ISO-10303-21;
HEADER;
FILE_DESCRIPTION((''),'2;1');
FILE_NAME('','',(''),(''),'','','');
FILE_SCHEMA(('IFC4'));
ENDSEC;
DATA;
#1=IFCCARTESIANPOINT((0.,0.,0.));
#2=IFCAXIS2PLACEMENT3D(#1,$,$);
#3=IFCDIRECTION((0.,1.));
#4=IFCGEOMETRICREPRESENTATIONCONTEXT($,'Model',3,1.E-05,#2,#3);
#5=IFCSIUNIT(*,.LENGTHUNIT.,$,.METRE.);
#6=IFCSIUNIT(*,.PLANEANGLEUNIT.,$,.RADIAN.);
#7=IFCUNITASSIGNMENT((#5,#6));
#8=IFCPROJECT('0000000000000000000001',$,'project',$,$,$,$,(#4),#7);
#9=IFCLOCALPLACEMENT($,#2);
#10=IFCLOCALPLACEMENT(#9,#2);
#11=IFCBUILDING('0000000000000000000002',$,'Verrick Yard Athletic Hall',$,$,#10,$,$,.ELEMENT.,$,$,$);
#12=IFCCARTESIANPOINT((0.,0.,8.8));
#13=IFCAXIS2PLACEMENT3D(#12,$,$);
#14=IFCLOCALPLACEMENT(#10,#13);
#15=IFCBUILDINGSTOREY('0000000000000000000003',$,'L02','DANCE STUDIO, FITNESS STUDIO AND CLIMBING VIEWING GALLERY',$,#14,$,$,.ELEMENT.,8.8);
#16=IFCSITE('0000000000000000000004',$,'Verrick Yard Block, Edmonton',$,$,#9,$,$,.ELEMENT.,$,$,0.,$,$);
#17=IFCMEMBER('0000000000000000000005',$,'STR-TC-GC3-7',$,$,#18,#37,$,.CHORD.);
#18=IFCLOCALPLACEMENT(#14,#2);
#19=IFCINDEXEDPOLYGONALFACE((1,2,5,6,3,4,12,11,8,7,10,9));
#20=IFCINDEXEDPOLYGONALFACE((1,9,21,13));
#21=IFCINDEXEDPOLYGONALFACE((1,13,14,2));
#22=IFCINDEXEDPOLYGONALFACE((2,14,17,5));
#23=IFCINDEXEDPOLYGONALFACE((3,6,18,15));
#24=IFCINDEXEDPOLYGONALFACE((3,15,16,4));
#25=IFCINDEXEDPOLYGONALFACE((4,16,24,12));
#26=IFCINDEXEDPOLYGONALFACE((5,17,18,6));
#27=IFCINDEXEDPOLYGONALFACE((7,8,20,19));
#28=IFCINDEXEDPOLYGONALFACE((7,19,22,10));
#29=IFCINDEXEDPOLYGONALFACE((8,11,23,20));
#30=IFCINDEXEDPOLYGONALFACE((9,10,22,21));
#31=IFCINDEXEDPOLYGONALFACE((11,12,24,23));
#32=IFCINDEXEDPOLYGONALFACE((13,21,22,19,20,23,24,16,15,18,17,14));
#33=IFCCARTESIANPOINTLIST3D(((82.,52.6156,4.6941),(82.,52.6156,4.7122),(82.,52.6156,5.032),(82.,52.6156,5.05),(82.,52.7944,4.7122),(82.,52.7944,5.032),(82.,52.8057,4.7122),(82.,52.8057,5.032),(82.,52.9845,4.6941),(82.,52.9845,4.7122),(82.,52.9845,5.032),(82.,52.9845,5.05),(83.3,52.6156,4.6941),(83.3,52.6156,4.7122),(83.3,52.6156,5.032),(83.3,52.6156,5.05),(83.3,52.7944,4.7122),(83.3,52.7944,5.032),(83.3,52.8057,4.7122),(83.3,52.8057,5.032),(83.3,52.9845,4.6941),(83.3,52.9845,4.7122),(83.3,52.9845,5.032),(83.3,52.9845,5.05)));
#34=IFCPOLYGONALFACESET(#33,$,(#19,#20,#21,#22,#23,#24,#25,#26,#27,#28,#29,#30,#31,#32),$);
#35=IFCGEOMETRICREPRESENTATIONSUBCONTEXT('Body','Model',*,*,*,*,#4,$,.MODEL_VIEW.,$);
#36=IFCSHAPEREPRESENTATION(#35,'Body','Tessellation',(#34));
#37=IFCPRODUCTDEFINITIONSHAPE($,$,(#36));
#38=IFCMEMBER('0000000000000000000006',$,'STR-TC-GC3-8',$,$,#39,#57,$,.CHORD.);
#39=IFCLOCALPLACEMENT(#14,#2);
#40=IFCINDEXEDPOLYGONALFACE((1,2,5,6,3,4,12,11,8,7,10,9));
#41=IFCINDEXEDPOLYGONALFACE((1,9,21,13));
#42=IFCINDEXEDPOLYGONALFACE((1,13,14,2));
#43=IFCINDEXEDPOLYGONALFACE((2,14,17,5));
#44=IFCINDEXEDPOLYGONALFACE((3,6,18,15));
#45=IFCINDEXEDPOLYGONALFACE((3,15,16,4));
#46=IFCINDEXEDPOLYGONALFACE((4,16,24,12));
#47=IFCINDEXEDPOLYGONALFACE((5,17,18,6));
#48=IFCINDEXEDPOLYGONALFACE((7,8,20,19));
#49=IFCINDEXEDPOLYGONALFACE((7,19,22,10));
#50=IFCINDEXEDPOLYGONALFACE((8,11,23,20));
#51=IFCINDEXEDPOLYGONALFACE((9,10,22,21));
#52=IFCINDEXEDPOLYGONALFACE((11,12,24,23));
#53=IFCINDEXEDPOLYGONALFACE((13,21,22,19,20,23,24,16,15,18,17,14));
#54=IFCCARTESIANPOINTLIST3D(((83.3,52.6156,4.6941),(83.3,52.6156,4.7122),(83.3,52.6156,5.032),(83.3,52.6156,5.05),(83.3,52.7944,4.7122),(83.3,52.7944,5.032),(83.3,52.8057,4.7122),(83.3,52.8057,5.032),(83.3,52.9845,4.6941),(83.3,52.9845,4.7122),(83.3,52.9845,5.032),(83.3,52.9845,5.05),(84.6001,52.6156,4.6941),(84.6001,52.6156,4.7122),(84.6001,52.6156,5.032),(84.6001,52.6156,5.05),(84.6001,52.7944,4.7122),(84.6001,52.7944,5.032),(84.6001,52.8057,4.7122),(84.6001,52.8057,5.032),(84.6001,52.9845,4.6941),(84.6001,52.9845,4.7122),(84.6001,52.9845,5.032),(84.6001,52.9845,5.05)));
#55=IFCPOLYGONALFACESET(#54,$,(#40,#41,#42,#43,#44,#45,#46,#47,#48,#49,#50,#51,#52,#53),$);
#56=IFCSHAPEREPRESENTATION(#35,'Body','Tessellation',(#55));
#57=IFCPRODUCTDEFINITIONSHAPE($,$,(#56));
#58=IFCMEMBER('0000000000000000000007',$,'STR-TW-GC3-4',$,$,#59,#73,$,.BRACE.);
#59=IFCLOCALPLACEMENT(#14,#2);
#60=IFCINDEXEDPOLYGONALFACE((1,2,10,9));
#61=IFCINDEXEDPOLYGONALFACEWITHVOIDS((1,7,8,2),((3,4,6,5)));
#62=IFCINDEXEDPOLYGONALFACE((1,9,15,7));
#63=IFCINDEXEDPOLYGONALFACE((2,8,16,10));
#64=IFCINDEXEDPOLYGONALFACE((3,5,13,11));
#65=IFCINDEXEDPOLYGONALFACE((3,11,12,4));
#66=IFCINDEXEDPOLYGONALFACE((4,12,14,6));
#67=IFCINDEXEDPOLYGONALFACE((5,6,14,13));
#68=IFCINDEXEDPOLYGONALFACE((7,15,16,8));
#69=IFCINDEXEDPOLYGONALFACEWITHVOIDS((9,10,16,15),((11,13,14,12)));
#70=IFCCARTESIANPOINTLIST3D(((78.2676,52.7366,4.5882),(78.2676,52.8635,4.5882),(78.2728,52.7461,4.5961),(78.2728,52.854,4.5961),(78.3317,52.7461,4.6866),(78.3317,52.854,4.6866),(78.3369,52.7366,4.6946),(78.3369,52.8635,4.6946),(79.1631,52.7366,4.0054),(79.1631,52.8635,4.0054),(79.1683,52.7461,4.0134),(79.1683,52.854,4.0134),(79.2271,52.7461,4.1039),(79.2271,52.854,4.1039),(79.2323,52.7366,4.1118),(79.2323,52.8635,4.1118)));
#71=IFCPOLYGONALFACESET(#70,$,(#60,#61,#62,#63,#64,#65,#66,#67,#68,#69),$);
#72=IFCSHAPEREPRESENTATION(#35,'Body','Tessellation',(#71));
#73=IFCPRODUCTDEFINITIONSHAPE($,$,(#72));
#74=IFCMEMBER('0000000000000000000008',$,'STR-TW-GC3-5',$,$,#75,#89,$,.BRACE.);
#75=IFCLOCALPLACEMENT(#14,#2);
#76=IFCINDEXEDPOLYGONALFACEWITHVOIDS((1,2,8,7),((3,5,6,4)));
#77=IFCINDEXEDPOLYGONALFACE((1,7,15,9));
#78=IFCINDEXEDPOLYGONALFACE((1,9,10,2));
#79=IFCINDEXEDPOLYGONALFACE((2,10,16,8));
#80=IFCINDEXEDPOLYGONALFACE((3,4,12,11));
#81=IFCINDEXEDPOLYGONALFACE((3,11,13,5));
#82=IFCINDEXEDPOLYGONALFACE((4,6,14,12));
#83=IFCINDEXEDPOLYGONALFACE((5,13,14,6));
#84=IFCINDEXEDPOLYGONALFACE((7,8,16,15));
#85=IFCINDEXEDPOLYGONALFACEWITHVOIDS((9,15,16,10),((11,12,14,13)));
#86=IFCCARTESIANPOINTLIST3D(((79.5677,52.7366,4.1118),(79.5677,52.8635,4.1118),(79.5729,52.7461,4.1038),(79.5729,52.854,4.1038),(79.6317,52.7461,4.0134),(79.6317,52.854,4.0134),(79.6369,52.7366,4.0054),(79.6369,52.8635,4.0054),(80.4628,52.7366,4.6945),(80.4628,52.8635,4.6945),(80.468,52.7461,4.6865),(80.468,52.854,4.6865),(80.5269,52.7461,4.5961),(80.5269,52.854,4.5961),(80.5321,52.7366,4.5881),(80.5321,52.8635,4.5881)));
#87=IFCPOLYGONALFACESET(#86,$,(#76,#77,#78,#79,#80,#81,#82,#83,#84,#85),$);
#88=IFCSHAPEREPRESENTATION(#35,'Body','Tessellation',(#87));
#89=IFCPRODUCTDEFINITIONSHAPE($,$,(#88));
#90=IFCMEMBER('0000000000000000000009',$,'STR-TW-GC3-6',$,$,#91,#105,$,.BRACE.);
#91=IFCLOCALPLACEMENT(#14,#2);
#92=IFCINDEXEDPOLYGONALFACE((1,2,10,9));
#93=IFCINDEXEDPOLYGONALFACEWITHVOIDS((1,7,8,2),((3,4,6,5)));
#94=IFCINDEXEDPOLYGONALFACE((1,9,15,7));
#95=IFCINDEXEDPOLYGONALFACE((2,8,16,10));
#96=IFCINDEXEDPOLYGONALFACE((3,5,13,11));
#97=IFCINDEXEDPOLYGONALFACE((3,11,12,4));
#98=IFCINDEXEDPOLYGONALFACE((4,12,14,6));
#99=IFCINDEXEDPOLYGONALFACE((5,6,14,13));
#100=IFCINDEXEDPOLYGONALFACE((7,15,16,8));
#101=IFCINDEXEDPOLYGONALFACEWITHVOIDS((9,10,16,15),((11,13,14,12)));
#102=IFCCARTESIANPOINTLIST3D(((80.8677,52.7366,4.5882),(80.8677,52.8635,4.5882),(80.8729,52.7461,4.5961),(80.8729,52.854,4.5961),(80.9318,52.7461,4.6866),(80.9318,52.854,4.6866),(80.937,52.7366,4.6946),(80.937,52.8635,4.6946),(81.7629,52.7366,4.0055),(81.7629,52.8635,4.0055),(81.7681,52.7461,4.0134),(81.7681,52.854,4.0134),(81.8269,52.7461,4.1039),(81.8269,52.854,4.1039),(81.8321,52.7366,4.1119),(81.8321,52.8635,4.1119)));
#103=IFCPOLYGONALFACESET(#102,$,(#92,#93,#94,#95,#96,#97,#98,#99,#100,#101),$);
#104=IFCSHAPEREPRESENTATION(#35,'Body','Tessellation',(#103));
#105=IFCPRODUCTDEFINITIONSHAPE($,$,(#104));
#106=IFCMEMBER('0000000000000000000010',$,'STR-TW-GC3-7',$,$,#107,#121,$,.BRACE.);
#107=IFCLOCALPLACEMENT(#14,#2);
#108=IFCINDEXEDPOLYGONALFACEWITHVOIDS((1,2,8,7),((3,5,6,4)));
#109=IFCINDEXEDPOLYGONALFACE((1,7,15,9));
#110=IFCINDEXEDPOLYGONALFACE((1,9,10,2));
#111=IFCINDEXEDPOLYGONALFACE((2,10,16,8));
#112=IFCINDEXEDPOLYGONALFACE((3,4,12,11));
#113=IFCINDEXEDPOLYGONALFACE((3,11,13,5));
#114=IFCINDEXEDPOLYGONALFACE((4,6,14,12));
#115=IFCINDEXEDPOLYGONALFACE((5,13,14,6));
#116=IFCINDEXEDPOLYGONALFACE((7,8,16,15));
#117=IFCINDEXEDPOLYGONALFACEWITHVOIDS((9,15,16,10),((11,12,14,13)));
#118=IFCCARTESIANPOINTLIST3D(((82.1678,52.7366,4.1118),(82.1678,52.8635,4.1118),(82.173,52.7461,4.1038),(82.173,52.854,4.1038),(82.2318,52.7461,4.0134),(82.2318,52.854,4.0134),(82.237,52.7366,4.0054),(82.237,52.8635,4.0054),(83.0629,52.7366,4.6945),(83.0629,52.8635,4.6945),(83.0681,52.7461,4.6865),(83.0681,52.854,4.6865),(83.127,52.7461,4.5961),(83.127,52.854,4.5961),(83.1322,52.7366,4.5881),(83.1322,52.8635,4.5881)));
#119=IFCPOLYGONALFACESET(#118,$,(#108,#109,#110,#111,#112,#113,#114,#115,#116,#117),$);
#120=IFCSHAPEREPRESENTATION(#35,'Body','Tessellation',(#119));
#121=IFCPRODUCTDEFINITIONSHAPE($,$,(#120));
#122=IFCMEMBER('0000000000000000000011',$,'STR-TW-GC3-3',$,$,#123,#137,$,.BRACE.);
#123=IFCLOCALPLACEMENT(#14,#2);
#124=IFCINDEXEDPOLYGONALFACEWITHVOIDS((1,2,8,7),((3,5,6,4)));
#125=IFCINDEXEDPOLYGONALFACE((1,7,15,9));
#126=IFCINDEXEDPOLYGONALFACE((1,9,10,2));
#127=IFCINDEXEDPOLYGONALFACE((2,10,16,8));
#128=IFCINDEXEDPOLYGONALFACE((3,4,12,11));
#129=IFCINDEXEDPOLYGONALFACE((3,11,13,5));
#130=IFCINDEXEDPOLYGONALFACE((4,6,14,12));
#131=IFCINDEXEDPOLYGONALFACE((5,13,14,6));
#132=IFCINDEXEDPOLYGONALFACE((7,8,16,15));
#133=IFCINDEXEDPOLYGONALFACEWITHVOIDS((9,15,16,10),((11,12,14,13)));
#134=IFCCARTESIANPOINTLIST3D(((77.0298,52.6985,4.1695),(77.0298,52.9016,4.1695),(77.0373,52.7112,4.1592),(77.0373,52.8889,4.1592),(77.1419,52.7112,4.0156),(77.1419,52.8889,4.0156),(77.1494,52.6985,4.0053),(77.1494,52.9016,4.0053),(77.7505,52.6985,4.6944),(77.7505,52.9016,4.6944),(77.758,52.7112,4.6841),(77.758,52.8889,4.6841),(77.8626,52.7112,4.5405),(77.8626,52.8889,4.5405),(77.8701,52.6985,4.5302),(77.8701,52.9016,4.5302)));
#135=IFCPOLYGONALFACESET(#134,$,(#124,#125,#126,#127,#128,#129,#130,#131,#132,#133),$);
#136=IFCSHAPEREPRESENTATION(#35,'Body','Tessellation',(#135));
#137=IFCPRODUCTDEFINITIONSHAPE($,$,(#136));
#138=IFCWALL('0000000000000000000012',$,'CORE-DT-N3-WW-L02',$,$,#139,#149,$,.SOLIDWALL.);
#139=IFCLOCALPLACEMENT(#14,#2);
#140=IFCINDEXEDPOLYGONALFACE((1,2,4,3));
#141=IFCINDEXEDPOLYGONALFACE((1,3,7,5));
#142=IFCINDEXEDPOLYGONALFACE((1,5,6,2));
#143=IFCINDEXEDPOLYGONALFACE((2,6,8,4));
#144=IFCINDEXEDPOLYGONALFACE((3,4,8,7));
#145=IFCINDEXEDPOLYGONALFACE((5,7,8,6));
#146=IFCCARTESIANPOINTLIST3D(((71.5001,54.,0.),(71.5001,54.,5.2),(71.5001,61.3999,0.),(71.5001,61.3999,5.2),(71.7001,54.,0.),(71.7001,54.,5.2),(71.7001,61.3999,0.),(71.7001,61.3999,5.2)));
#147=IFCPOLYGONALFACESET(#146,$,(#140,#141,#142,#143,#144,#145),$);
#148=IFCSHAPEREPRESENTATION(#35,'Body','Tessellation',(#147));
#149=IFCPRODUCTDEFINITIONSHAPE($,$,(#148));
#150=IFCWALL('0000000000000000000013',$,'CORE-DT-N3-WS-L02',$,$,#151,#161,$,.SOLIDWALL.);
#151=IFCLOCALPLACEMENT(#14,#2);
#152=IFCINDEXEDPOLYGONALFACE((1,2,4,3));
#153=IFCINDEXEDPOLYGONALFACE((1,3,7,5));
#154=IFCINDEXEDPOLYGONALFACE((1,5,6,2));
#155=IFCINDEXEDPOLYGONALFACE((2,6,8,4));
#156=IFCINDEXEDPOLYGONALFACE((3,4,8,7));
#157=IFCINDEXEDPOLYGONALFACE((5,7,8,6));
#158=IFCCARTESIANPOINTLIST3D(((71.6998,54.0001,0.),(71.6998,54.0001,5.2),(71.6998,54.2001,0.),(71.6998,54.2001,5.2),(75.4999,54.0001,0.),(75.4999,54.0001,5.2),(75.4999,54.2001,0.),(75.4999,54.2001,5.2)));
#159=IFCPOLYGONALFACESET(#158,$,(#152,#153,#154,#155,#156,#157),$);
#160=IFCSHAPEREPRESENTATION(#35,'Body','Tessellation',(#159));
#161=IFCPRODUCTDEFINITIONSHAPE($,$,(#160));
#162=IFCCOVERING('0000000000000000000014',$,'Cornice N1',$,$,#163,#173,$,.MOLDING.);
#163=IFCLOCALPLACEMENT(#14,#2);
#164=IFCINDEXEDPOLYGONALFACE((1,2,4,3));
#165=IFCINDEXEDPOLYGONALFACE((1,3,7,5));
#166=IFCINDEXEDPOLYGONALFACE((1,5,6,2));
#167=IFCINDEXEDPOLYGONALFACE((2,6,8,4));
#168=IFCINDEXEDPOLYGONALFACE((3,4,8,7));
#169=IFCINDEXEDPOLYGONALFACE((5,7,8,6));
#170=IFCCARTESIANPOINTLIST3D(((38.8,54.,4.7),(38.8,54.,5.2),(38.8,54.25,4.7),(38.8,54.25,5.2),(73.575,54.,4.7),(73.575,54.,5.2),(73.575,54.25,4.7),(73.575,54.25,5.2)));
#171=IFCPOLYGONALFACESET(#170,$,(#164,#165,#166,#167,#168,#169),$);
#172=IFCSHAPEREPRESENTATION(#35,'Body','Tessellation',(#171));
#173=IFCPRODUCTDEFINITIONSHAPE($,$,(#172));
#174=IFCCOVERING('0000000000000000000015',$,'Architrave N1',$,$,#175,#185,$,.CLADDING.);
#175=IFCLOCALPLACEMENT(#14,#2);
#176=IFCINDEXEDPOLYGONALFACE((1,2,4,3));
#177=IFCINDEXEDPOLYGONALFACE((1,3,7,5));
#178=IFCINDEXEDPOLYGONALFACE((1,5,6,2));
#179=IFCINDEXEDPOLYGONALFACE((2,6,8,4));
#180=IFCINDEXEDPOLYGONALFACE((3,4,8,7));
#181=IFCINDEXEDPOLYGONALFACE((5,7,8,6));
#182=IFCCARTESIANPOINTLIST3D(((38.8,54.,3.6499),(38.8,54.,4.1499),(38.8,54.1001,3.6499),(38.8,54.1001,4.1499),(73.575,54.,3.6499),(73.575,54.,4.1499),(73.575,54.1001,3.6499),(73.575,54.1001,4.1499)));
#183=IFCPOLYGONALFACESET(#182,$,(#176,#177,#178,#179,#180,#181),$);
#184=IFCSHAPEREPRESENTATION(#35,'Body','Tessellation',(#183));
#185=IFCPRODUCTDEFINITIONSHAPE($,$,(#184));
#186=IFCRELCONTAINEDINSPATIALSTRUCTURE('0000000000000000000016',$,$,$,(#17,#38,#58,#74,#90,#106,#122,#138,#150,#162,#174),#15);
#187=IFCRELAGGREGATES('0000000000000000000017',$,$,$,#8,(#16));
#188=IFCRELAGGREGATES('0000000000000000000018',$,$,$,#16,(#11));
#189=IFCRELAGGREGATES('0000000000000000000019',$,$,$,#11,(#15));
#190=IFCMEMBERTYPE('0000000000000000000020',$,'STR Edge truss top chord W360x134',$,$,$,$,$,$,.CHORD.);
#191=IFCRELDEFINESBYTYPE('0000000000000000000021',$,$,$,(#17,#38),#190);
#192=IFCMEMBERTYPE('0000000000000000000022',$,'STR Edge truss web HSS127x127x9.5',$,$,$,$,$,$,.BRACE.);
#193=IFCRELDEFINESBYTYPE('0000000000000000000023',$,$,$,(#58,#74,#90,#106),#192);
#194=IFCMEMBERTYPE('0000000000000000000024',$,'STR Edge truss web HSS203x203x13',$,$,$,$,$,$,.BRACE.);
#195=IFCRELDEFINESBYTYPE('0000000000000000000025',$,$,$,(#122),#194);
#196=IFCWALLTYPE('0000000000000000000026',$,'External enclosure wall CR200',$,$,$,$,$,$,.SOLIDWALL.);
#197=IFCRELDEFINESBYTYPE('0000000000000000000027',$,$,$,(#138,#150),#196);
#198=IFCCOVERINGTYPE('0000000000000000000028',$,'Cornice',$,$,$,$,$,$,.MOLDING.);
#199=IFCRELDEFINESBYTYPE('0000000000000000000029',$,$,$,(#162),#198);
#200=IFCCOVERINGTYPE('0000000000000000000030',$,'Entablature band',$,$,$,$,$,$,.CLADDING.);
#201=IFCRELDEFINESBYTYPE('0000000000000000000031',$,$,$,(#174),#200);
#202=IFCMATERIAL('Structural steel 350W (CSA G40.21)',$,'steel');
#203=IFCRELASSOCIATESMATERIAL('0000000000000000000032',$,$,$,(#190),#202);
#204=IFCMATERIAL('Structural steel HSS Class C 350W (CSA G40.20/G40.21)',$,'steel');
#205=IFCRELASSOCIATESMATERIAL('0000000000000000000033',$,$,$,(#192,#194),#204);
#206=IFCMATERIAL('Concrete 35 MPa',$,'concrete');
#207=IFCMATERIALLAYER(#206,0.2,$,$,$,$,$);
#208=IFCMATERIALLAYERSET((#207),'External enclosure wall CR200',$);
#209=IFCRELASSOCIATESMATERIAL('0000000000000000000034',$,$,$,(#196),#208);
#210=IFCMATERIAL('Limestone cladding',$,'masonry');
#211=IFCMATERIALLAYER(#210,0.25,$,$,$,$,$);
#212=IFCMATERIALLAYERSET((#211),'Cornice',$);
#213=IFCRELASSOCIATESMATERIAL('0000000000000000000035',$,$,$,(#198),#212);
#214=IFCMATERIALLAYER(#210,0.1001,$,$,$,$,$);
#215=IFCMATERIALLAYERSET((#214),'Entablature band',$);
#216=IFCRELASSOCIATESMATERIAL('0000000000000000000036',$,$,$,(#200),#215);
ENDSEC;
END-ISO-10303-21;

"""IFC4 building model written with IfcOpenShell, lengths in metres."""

from ifc_helpers import new_model, si_unit, direction, frame, frame_2d, origin, origin_2d, place, context, subcontext, project, spatial, rectangle, hollow_rectangle, i_section, extrude, material, layer, layer_set, material_profile, profile_set, type_object, element, save


model = new_model("IFC4")

# Units and contexts
model_context = context("Model", 3, precision=1e-05, world=origin(), true_north=direction((0.0, 1.0)))
body_context = subcontext(model_context, "Body", "Model", "MODEL_VIEW")
ifc_project = project(units=[si_unit("LENGTHUNIT", "METRE"), si_unit("PLANEANGLEUNIT", "RADIAN")], contexts=[model_context])

# Site, building, storey
site_placement = place(None, origin())
site = spatial("IfcSite", under=ifc_project, at=site_placement, Name="Verrick Yard Block, Edmonton", CompositionType="ELEMENT", RefElevation=0.0)
building_placement = place(site_placement, origin())
building = spatial("IfcBuilding", under=site, at=building_placement, Name="Verrick Yard Athletic Hall", CompositionType="ELEMENT")
storey_placement = place(building_placement, frame((0.0, 0.0, 8.8)))
storey = spatial("IfcBuildingStorey", under=building, at=storey_placement, Name="L02", Description="DANCE STUDIO, FITNESS STUDIO AND CLIMBING VIEWING GALLERY", CompositionType="ELEMENT", Elevation=8.8)

# Members
ifc_material_1 = material(Name="Structural steel 350W (CSA G40.21)", Category="steel")
ifc_material_profile_1 = material_profile(ifc_material_1, i_section(OverallWidth=0.3689, OverallDepth=0.356, WebThickness=0.0112, FlangeThickness=0.0181, at=origin_2d()), Name="W360x134")
ifc_profile_set_1 = profile_set([ifc_material_profile_1], Name="Structural steel 350W (CSA G40.21)")
member_type_1 = type_object("IfcMemberType", Name="STR Edge truss top chord W360x134", PredefinedType="CHORD", material=ifc_profile_set_1)
for number, where, z_axis, x_axis, name in (
    (1, (82.0, 52.8, 4.8721), (1.0, 0.0, 0.0), (0.0, 1.0, 0.0), "STR-TC-GC3-7"),
    (2, (83.3, 52.8, 4.8721), (1.0, 0.0, 0.0), (0.0, 1.0, 0.0), "STR-TC-GC3-8"),
):
    element("IfcMember", number, at=place(storey_placement, frame(where, z_axis=z_axis, x_axis=x_axis)), inside=storey, type_object=member_type_1, Name=name, PredefinedType="CHORD", context=body_context, shape_type="SweptSolid", body=[
        extrude(i_section(OverallWidth=0.3689, OverallDepth=0.356, WebThickness=0.0112, FlangeThickness=0.0181, at=origin_2d()), origin(), (0.0, 0.0, 1.0), 1.3),
    ])
ifc_material_2 = material(Name="Structural steel HSS Class C 350W (CSA G40.20/G40.21)", Category="steel")
ifc_material_profile_2 = material_profile(ifc_material_2, hollow_rectangle(XDim=0.127, YDim=0.127, WallThickness=0.0095, at=origin_2d()), Name="HSS127x127x9.5")
ifc_profile_set_2 = profile_set([ifc_material_profile_2], Name="Structural steel HSS Class C 350W (CSA G40.20/G40.21)")
member_type_2 = type_object("IfcMemberType", Name="STR Edge truss web HSS127x127x9.5", PredefinedType="BRACE", material=ifc_profile_set_2)
member_1_placement = place(storey_placement, frame((78.3022, 52.8, 4.6414), z_axis=(0.838151, 0.0, -0.545438), x_axis=(0.0, 1.0, 0.0)))
element("IfcMember", 3, at=member_1_placement, inside=storey, type_object=member_type_2, Name="STR-TW-GC3-4", PredefinedType="BRACE", context=body_context, shape_type="SweptSolid", body=[
    extrude(hollow_rectangle(XDim=0.127, YDim=0.127, WallThickness=0.0095, at=origin_2d()), origin(), (0.0, 0.0, 1.0), 1.0684),
])
for number, where, z_axis, x_axis, name in (
    (4, (79.6023, 52.8, 4.0586), (0.838083, 0.0, 0.545543), (0.0, 1.0, 0.0), "STR-TW-GC3-5"),
    (5, (80.9023, 52.8, 4.6414), (0.838083, 0.0, -0.545543), (0.0, 1.0, 0.0), "STR-TW-GC3-6"),
    (6, (82.2024, 52.8, 4.0586), (0.838083, 0.0, 0.545543), (0.0, 1.0, 0.0), "STR-TW-GC3-7"),
):
    element("IfcMember", number, at=place(storey_placement, frame(where, z_axis=z_axis, x_axis=x_axis)), inside=storey, type_object=member_type_2, Name=name, PredefinedType="BRACE", context=body_context, shape_type="SweptSolid", body=[
        extrude(hollow_rectangle(XDim=0.127, YDim=0.127, WallThickness=0.0095, at=origin_2d()), origin(), (0.0, 0.0, 1.0), 1.0681),
    ])
ifc_material_profile_3 = material_profile(ifc_material_2, hollow_rectangle(XDim=0.2031, YDim=0.2031, WallThickness=0.0127, at=origin_2d()), Name="HSS203x203x13")
ifc_profile_set_3 = profile_set([ifc_material_profile_3], Name="Structural steel HSS Class C 350W (CSA G40.20/G40.21)")
member_type_3 = type_object("IfcMemberType", Name="STR Edge truss web HSS203x203x13", PredefinedType="BRACE", material=ifc_profile_set_3)
member_2_placement = place(storey_placement, frame((77.0896, 52.8, 4.0874), z_axis=(0.808333, 0.0, 0.588725), x_axis=(0.0, 1.0, 0.0)))
element("IfcMember", 7, at=member_2_placement, inside=storey, type_object=member_type_3, Name="STR-TW-GC3-3", PredefinedType="BRACE", context=body_context, shape_type="SweptSolid", body=[
    extrude(hollow_rectangle(XDim=0.2031, YDim=0.2031, WallThickness=0.0127, at=origin_2d()), origin(), (0.0, 0.0, 1.0), 0.8916),
])

# Walls
ifc_material_3 = material(Name="Concrete 35 MPa", Category="concrete")
ifc_layer_1 = layer(ifc_material_3, 0.2)
ifc_layer_set_1 = layer_set([ifc_layer_1], Name="External enclosure wall CR200")
wall_type = type_object("IfcWallType", Name="External enclosure wall CR200", PredefinedType="SOLIDWALL", material=ifc_layer_set_1)
wall_1_placement = place(storey_placement, frame((71.6001, 54.0, 0.0), z_axis=(0.0, 0.0, 1.0), x_axis=(0.0, 1.0, 0.0)))
element("IfcWall", 8, at=wall_1_placement, inside=storey, type_object=wall_type, Name="CORE-DT-N3-WW-L02", PredefinedType="SOLIDWALL", context=body_context, shape_type="SweptSolid", body=[
    extrude(rectangle(XDim=7.3999, YDim=0.2, at=frame_2d((3.7, 0.0))), origin(), (0.0, 0.0, 1.0), 5.2),
])
wall_2_placement = place(storey_placement, frame((71.7, 54.1001, 0.0), z_axis=(0.0, 0.0, 1.0), x_axis=(1.0, 0.0, 0.0)))
element("IfcWall", 9, at=wall_2_placement, inside=storey, type_object=wall_type, Name="CORE-DT-N3-WS-L02", PredefinedType="SOLIDWALL", context=body_context, shape_type="SweptSolid", body=[
    extrude(rectangle(XDim=3.8, YDim=0.2, at=frame_2d((1.8999, 0.0))), origin(), (0.0, 0.0, 1.0), 5.2),
])

# Coverings
ifc_material_4 = material(Name="Limestone cladding", Category="masonry")
ifc_layer_2 = layer(ifc_material_4, 0.25)
ifc_layer_set_2 = layer_set([ifc_layer_2], Name="Cornice")
covering_type_1 = type_object("IfcCoveringType", Name="Cornice", PredefinedType="MOLDING", material=ifc_layer_set_2)
covering_1_placement = place(storey_placement, frame((56.1875, 54.125, 4.7), z_axis=(0.0, 0.0, 1.0), x_axis=(1.0, 0.0, 0.0)))
element("IfcCovering", 10, at=covering_1_placement, inside=storey, type_object=covering_type_1, Name="Cornice N1", PredefinedType="MOLDING", context=body_context, shape_type="SweptSolid", body=[
    extrude(rectangle(XDim=34.7749, YDim=0.25, at=origin_2d()), origin(), (0.0, 0.0, 1.0), 0.5),
])
ifc_layer_3 = layer(ifc_material_4, 0.1001)
ifc_layer_set_3 = layer_set([ifc_layer_3], Name="Entablature band")
covering_type_2 = type_object("IfcCoveringType", Name="Entablature band", PredefinedType="CLADDING", material=ifc_layer_set_3)
covering_2_placement = place(storey_placement, frame((56.1875, 54.05, 3.6499), z_axis=(0.0, 0.0, 1.0), x_axis=(1.0, 0.0, 0.0)))
element("IfcCovering", 11, at=covering_2_placement, inside=storey, type_object=covering_type_2, Name="Architrave N1", PredefinedType="CLADDING", context=body_context, shape_type="SweptSolid", body=[
    extrude(rectangle(XDim=34.7749, YDim=0.1001, at=origin_2d()), origin(), (0.0, 0.0, 1.0), 0.5),
])

save(model, "model.ifc")
